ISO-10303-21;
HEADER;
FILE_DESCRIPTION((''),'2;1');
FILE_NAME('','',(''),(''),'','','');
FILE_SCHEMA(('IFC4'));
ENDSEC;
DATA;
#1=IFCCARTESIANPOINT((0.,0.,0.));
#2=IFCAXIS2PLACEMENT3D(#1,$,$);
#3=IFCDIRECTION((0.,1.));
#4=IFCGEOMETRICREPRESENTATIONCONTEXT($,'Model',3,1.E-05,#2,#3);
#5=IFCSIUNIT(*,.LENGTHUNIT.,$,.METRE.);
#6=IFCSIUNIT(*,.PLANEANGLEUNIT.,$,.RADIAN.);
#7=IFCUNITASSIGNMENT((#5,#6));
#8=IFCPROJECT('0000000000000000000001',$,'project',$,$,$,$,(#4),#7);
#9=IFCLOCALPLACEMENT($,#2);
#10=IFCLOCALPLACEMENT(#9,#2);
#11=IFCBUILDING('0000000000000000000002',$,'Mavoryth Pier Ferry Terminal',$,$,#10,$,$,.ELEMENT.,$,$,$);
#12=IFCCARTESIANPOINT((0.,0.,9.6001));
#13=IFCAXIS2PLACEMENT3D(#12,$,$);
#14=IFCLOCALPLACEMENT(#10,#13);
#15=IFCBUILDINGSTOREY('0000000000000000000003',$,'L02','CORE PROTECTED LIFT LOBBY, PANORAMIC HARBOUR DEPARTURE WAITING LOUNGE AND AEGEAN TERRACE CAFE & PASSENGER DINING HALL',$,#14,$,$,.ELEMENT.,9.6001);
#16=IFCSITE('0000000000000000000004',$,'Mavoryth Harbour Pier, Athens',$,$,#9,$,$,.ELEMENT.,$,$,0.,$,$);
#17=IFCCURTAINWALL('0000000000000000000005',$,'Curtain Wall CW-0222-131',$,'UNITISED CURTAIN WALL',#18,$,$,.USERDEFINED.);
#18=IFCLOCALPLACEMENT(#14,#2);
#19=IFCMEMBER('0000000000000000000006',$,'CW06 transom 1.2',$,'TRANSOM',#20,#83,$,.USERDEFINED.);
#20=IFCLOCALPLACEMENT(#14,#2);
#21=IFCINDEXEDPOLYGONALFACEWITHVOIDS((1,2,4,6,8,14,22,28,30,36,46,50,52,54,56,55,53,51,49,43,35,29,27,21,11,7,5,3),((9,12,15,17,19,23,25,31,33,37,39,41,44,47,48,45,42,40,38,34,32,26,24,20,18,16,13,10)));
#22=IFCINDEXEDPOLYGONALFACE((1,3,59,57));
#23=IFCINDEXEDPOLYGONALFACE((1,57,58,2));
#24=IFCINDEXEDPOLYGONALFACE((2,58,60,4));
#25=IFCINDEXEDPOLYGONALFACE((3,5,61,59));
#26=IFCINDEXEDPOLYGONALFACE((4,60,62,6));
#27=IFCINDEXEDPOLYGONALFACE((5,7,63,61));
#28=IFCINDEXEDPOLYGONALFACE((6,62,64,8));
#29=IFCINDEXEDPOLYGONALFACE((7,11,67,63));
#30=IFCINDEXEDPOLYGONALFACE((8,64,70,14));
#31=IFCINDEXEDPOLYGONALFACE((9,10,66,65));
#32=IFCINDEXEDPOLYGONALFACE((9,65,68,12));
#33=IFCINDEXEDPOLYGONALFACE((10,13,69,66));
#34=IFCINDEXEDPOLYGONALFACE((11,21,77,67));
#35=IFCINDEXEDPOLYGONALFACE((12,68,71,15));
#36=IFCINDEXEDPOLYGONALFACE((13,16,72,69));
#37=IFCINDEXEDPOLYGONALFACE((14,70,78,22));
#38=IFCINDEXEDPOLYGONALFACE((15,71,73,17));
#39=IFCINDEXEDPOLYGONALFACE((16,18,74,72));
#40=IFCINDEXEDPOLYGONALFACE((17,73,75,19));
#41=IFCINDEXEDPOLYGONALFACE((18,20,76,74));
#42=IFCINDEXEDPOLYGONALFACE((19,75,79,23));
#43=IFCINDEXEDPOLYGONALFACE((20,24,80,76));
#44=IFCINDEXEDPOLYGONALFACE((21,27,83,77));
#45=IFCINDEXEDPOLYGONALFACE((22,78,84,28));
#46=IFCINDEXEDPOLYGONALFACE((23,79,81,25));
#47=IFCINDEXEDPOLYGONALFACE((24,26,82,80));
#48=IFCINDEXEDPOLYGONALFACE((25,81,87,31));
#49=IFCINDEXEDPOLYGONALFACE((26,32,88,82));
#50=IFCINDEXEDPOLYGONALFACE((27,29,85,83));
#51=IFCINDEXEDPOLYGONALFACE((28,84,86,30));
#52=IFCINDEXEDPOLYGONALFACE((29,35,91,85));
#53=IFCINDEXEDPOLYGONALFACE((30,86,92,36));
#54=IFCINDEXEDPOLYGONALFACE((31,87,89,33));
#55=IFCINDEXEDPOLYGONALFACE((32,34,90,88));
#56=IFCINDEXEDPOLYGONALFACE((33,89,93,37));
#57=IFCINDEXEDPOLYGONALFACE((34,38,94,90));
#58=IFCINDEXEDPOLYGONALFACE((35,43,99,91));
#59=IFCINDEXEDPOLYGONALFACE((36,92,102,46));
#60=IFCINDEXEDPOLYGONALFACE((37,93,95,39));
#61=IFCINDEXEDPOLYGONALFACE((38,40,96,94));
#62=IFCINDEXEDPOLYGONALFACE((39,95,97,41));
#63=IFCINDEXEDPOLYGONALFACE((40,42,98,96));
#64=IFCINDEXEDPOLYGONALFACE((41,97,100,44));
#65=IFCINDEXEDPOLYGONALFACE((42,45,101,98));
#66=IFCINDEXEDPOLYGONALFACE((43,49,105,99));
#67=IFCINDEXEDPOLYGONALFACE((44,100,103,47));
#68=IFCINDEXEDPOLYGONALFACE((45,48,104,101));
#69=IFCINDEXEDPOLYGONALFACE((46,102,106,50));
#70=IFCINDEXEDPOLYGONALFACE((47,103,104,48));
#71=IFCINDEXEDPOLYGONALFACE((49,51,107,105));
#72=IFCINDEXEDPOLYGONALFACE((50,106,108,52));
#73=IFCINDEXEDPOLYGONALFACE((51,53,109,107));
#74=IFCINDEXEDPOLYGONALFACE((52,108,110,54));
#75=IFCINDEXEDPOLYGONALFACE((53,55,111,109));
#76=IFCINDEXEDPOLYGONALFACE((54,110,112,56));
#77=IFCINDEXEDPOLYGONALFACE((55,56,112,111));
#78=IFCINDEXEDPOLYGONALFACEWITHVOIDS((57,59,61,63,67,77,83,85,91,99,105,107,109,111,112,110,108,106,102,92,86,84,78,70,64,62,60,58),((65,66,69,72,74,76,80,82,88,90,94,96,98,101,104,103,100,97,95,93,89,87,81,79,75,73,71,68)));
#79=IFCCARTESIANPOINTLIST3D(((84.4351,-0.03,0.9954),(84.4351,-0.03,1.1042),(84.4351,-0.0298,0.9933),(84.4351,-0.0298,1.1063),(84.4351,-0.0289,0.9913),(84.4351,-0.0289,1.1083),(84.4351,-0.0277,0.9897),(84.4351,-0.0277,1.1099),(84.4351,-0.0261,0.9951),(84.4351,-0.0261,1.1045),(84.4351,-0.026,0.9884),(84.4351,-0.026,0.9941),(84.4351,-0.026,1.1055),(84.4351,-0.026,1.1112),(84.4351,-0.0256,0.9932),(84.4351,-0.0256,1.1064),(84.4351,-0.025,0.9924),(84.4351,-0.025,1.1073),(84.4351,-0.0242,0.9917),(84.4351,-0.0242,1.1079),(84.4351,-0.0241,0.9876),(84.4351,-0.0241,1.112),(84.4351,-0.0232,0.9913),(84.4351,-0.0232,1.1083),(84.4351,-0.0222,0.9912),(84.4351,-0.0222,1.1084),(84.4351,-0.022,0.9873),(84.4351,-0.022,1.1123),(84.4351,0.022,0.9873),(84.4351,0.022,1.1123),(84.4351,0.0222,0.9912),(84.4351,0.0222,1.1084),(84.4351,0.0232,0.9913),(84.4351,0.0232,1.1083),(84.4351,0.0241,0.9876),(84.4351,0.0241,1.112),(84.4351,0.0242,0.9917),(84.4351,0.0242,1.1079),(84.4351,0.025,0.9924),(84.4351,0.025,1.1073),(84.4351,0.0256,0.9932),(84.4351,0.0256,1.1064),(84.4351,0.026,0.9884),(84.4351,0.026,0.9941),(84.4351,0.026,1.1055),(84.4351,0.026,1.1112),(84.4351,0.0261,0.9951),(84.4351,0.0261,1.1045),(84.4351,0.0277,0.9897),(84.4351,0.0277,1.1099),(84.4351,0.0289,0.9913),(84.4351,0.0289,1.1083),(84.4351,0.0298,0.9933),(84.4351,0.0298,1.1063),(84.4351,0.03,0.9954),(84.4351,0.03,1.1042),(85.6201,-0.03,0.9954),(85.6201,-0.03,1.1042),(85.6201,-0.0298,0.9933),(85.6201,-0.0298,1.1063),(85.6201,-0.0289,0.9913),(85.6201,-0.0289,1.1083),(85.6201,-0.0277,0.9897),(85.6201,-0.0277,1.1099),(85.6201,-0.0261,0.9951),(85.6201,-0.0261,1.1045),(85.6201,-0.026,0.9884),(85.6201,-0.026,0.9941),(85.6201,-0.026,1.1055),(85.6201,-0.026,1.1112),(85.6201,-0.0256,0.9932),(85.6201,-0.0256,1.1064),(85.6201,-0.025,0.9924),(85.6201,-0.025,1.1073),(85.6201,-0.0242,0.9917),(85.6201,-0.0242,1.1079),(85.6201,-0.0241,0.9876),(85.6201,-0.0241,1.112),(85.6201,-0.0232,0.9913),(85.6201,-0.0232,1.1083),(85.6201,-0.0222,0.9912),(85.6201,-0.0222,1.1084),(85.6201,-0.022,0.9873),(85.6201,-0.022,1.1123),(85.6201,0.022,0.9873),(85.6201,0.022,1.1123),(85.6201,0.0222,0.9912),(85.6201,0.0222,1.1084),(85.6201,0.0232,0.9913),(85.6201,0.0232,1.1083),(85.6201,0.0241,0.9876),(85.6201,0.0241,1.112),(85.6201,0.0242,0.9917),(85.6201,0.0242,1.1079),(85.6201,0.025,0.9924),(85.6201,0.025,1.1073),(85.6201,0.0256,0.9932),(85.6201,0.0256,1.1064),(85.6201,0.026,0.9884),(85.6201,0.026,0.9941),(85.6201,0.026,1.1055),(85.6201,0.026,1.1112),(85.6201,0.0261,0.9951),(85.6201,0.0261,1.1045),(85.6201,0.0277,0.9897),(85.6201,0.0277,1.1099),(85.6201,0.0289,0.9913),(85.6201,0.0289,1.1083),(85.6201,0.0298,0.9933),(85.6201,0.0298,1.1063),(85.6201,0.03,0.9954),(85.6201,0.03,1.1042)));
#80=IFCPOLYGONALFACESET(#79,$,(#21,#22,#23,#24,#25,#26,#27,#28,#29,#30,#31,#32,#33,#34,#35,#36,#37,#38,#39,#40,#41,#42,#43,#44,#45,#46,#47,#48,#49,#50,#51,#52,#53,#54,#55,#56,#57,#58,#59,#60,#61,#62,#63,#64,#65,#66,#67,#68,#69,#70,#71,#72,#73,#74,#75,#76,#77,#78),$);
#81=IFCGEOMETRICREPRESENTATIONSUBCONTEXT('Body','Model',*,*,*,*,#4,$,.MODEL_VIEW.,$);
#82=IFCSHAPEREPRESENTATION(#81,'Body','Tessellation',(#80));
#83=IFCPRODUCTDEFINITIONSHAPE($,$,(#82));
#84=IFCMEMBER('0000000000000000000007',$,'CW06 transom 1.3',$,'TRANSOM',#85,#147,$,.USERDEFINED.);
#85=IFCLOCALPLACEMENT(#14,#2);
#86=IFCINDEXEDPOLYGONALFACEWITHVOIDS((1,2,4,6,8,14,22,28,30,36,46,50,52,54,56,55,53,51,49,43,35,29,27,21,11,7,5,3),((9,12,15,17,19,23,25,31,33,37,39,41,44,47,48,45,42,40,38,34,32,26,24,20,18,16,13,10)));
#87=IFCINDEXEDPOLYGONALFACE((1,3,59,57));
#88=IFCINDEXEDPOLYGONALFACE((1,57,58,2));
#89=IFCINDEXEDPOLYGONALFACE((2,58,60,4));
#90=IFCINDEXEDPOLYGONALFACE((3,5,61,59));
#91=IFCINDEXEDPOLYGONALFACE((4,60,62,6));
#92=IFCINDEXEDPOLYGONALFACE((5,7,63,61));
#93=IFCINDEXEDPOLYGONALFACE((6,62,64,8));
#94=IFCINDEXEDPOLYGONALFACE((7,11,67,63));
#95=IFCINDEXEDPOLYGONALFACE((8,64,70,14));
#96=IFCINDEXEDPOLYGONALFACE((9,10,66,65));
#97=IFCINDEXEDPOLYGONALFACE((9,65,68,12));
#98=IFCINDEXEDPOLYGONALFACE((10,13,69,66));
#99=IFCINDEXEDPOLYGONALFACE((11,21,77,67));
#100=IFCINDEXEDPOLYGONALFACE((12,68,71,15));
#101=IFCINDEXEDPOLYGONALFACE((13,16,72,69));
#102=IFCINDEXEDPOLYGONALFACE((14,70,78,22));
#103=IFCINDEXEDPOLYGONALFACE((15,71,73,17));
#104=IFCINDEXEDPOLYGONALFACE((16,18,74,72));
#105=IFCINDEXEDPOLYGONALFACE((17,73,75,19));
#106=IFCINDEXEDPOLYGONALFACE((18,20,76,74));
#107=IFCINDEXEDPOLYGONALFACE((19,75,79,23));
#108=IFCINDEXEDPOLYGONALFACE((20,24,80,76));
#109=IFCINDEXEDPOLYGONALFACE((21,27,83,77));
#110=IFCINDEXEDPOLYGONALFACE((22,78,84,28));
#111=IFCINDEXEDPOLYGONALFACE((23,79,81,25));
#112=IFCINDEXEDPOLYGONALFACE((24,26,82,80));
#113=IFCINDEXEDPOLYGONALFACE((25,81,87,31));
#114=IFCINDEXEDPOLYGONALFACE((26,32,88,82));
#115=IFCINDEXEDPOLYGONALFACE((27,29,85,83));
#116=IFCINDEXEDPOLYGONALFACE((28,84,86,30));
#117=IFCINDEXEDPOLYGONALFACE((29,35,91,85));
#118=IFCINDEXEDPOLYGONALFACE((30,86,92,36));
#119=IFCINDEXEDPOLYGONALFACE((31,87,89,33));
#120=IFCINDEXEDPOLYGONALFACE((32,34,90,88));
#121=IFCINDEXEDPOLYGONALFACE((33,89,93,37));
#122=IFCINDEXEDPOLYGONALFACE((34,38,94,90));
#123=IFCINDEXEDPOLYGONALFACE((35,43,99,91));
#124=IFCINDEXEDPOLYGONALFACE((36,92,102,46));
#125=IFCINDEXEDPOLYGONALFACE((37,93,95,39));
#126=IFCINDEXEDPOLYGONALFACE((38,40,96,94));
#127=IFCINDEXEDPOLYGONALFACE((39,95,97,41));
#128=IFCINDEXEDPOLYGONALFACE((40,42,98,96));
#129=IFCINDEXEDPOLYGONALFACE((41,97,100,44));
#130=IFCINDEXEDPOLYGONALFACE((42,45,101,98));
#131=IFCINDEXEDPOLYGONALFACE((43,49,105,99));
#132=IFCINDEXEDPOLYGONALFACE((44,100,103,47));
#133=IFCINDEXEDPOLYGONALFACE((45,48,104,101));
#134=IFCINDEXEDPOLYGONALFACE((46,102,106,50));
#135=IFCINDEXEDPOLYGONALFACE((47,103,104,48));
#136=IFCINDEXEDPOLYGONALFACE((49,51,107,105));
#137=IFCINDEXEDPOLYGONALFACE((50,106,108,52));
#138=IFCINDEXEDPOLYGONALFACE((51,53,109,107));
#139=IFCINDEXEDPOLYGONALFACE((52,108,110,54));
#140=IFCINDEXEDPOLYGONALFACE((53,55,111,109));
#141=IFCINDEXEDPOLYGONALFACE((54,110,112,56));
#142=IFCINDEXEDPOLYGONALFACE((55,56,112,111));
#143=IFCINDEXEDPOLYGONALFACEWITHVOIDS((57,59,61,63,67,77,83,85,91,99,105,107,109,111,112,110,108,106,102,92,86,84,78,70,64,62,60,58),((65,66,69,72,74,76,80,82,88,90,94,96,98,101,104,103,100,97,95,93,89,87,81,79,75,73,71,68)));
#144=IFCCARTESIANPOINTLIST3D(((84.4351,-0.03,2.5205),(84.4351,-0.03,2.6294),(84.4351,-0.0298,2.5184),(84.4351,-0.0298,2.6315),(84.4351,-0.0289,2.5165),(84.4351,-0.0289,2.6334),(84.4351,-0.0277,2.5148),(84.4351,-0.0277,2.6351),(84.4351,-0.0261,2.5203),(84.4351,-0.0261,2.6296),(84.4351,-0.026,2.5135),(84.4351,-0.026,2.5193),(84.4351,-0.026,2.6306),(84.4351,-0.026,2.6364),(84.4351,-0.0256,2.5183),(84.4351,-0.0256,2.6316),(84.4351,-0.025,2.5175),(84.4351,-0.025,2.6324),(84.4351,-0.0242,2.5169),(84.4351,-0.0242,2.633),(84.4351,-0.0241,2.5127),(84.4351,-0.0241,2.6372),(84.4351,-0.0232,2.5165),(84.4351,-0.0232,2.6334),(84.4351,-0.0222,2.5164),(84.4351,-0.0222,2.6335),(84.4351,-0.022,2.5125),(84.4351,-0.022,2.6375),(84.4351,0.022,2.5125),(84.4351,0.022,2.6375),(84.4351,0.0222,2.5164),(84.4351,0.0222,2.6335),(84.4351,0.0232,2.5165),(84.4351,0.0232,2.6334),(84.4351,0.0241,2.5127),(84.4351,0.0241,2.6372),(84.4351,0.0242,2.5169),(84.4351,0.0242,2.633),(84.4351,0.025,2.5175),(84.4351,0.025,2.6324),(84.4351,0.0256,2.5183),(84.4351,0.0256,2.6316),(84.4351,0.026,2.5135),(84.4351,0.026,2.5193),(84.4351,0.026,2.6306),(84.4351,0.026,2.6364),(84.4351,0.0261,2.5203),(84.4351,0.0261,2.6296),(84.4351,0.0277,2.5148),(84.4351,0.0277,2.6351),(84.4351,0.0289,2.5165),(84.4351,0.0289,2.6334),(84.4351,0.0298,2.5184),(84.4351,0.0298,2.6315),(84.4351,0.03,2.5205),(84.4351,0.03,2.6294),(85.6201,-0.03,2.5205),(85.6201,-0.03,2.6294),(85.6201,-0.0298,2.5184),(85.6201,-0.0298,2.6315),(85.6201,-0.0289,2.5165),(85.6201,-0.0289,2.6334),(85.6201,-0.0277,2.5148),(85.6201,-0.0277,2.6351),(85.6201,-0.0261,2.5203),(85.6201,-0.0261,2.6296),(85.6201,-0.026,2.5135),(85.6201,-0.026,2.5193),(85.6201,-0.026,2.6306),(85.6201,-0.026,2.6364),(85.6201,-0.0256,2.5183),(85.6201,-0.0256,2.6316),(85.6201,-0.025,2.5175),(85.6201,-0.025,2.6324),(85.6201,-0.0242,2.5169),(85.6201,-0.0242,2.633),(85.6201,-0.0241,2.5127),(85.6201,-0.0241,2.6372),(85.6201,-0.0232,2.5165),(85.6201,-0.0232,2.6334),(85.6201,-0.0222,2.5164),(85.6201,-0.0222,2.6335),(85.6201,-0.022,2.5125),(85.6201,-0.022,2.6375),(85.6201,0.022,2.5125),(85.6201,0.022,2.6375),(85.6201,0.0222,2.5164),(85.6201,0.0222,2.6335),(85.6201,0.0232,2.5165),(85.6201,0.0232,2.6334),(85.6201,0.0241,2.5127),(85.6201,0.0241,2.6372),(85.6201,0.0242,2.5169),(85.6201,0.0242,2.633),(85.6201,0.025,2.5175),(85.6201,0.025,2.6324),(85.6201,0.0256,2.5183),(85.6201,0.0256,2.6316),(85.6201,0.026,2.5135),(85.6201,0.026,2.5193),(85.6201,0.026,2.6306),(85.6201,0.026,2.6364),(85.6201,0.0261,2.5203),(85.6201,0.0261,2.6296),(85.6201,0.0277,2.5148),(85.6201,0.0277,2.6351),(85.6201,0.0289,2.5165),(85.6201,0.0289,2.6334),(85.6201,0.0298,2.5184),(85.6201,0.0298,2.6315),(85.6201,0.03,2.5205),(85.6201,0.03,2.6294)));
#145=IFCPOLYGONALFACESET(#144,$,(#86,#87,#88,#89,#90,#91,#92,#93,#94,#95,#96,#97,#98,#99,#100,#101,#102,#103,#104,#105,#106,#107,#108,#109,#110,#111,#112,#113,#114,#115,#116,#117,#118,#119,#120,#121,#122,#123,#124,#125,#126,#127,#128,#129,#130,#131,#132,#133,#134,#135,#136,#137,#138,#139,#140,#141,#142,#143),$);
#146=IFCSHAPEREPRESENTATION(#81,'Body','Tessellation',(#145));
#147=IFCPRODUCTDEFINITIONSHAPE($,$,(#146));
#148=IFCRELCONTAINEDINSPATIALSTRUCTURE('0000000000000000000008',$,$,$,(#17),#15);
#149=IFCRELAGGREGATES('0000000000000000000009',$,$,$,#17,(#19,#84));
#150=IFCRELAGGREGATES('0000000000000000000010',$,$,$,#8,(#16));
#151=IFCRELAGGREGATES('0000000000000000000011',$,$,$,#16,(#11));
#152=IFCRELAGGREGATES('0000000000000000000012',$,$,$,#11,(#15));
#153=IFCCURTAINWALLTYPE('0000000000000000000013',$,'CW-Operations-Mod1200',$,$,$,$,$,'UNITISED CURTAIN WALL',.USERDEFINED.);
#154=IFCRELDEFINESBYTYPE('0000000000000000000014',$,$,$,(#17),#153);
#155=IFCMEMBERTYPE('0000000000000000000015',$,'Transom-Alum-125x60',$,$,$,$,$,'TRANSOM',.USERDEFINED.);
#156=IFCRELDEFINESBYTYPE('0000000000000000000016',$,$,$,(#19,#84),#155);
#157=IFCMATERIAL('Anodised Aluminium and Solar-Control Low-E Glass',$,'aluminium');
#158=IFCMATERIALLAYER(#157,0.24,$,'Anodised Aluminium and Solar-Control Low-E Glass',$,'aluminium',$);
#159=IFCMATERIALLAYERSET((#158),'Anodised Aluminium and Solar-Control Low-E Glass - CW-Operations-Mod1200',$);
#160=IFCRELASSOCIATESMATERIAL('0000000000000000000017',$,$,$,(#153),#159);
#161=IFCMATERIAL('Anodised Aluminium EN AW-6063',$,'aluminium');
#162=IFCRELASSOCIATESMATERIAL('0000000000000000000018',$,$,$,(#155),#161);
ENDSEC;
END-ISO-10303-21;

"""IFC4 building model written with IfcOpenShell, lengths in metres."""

from ifc_helpers import new_model, si_unit, direction, frame, origin, origin_2d, place, context, subcontext, project, spatial, hollow_rectangle, extrude, material, layer, layer_set, material_profile, profile_set, type_object, element, aggregate, save


model = new_model("IFC4")

# Units and contexts
model_context = context("Model", 3, precision=1e-05, world=origin(), true_north=direction((0.0, 1.0)))
body_context = subcontext(model_context, "Body", "Model", "MODEL_VIEW")
ifc_project = project(units=[si_unit("LENGTHUNIT", "METRE"), si_unit("PLANEANGLEUNIT", "RADIAN")], contexts=[model_context])

# Site, building, storey
site_placement = place(None, origin())
site = spatial("IfcSite", under=ifc_project, at=site_placement, Name="Mavoryth Harbour Pier, Athens", CompositionType="ELEMENT", RefElevation=0.0)
building_placement = place(site_placement, origin())
building = spatial("IfcBuilding", under=site, at=building_placement, Name="Mavoryth Pier Ferry Terminal", CompositionType="ELEMENT")
storey_placement = place(building_placement, frame((0.0, 0.0, 9.6001)))
storey = spatial("IfcBuildingStorey", under=building, at=storey_placement, Name="L02", Description="CORE PROTECTED LIFT LOBBY, PANORAMIC HARBOUR DEPARTURE WAITING LOUNGE AND AEGEAN TERRACE CAFE & PASSENGER DINING HALL", CompositionType="ELEMENT", Elevation=9.6001)

# Curtain wall
ifc_material_1 = material(Name="Anodised Aluminium and Solar-Control Low-E Glass", Category="aluminium")
ifc_layer_1 = layer(ifc_material_1, 0.24, Name="Anodised Aluminium and Solar-Control Low-E Glass", Category="aluminium")
ifc_layer_set_1 = layer_set([ifc_layer_1], Name="Anodised Aluminium and Solar-Control Low-E Glass - CW-Operations-Mod1200")
curtain_wall_type = type_object("IfcCurtainWallType", Name="CW-Operations-Mod1200", ElementType="UNITISED CURTAIN WALL", PredefinedType="USERDEFINED", material=ifc_layer_set_1)
curtain_wall_placement = place(storey_placement, origin())
curtain_wall = element("IfcCurtainWall", 1, at=curtain_wall_placement, inside=storey, type_object=curtain_wall_type, Name="Curtain Wall CW-0222-131", ObjectType="UNITISED CURTAIN WALL", PredefinedType="USERDEFINED")
ifc_material_2 = material(Name="Anodised Aluminium EN AW-6063", Category="aluminium")

# Members
ifc_material_profile_1 = material_profile(ifc_material_2, hollow_rectangle(XDim=0.0601, YDim=0.125, WallThickness=0.0039, InnerFilletRadius=0.0039, OuterFilletRadius=0.0081, at=origin_2d()), Name="AL-TRAN 125x60x4", Category="aluminium")
ifc_profile_set_1 = profile_set([ifc_material_profile_1], Name="Anodised Aluminium EN AW-6063 - AL-TRAN 125x60x4")
member_type_1 = type_object("IfcMemberType", Name="Transom-Alum-125x60", ElementType="TRANSOM", PredefinedType="USERDEFINED", material=ifc_profile_set_1)
member_1_placement = place(storey_placement, frame((84.4351, 0.0, 1.0498), z_axis=(1.0, 0.0, 0.0), x_axis=(0.0, 1.0, 0.0)))
member_1 = element("IfcMember", 2, at=member_1_placement, type_object=member_type_1, Name="CW06 transom 1.2", ObjectType="TRANSOM", PredefinedType="USERDEFINED", context=body_context, shape_type="SweptSolid", body=[
    extrude(hollow_rectangle(XDim=0.0601, YDim=0.125, WallThickness=0.0039, InnerFilletRadius=0.0039, OuterFilletRadius=0.0081, at=origin_2d()), origin(), (0.0, 0.0, 1.0), 1.1851),
])
member_2_placement = place(storey_placement, frame((84.4351, 0.0, 2.575), z_axis=(1.0, 0.0, 0.0), x_axis=(0.0, 1.0, 0.0)))
member_2 = element("IfcMember", 3, at=member_2_placement, type_object=member_type_1, Name="CW06 transom 1.3", ObjectType="TRANSOM", PredefinedType="USERDEFINED", context=body_context, shape_type="SweptSolid", body=[
    extrude(hollow_rectangle(XDim=0.0601, YDim=0.125, WallThickness=0.0039, InnerFilletRadius=0.0039, OuterFilletRadius=0.0081, at=origin_2d()), origin(), (0.0, 0.0, 1.0), 1.1851),
])

aggregate(curtain_wall, [member_1, member_2])

save(model, "model.ifc")
